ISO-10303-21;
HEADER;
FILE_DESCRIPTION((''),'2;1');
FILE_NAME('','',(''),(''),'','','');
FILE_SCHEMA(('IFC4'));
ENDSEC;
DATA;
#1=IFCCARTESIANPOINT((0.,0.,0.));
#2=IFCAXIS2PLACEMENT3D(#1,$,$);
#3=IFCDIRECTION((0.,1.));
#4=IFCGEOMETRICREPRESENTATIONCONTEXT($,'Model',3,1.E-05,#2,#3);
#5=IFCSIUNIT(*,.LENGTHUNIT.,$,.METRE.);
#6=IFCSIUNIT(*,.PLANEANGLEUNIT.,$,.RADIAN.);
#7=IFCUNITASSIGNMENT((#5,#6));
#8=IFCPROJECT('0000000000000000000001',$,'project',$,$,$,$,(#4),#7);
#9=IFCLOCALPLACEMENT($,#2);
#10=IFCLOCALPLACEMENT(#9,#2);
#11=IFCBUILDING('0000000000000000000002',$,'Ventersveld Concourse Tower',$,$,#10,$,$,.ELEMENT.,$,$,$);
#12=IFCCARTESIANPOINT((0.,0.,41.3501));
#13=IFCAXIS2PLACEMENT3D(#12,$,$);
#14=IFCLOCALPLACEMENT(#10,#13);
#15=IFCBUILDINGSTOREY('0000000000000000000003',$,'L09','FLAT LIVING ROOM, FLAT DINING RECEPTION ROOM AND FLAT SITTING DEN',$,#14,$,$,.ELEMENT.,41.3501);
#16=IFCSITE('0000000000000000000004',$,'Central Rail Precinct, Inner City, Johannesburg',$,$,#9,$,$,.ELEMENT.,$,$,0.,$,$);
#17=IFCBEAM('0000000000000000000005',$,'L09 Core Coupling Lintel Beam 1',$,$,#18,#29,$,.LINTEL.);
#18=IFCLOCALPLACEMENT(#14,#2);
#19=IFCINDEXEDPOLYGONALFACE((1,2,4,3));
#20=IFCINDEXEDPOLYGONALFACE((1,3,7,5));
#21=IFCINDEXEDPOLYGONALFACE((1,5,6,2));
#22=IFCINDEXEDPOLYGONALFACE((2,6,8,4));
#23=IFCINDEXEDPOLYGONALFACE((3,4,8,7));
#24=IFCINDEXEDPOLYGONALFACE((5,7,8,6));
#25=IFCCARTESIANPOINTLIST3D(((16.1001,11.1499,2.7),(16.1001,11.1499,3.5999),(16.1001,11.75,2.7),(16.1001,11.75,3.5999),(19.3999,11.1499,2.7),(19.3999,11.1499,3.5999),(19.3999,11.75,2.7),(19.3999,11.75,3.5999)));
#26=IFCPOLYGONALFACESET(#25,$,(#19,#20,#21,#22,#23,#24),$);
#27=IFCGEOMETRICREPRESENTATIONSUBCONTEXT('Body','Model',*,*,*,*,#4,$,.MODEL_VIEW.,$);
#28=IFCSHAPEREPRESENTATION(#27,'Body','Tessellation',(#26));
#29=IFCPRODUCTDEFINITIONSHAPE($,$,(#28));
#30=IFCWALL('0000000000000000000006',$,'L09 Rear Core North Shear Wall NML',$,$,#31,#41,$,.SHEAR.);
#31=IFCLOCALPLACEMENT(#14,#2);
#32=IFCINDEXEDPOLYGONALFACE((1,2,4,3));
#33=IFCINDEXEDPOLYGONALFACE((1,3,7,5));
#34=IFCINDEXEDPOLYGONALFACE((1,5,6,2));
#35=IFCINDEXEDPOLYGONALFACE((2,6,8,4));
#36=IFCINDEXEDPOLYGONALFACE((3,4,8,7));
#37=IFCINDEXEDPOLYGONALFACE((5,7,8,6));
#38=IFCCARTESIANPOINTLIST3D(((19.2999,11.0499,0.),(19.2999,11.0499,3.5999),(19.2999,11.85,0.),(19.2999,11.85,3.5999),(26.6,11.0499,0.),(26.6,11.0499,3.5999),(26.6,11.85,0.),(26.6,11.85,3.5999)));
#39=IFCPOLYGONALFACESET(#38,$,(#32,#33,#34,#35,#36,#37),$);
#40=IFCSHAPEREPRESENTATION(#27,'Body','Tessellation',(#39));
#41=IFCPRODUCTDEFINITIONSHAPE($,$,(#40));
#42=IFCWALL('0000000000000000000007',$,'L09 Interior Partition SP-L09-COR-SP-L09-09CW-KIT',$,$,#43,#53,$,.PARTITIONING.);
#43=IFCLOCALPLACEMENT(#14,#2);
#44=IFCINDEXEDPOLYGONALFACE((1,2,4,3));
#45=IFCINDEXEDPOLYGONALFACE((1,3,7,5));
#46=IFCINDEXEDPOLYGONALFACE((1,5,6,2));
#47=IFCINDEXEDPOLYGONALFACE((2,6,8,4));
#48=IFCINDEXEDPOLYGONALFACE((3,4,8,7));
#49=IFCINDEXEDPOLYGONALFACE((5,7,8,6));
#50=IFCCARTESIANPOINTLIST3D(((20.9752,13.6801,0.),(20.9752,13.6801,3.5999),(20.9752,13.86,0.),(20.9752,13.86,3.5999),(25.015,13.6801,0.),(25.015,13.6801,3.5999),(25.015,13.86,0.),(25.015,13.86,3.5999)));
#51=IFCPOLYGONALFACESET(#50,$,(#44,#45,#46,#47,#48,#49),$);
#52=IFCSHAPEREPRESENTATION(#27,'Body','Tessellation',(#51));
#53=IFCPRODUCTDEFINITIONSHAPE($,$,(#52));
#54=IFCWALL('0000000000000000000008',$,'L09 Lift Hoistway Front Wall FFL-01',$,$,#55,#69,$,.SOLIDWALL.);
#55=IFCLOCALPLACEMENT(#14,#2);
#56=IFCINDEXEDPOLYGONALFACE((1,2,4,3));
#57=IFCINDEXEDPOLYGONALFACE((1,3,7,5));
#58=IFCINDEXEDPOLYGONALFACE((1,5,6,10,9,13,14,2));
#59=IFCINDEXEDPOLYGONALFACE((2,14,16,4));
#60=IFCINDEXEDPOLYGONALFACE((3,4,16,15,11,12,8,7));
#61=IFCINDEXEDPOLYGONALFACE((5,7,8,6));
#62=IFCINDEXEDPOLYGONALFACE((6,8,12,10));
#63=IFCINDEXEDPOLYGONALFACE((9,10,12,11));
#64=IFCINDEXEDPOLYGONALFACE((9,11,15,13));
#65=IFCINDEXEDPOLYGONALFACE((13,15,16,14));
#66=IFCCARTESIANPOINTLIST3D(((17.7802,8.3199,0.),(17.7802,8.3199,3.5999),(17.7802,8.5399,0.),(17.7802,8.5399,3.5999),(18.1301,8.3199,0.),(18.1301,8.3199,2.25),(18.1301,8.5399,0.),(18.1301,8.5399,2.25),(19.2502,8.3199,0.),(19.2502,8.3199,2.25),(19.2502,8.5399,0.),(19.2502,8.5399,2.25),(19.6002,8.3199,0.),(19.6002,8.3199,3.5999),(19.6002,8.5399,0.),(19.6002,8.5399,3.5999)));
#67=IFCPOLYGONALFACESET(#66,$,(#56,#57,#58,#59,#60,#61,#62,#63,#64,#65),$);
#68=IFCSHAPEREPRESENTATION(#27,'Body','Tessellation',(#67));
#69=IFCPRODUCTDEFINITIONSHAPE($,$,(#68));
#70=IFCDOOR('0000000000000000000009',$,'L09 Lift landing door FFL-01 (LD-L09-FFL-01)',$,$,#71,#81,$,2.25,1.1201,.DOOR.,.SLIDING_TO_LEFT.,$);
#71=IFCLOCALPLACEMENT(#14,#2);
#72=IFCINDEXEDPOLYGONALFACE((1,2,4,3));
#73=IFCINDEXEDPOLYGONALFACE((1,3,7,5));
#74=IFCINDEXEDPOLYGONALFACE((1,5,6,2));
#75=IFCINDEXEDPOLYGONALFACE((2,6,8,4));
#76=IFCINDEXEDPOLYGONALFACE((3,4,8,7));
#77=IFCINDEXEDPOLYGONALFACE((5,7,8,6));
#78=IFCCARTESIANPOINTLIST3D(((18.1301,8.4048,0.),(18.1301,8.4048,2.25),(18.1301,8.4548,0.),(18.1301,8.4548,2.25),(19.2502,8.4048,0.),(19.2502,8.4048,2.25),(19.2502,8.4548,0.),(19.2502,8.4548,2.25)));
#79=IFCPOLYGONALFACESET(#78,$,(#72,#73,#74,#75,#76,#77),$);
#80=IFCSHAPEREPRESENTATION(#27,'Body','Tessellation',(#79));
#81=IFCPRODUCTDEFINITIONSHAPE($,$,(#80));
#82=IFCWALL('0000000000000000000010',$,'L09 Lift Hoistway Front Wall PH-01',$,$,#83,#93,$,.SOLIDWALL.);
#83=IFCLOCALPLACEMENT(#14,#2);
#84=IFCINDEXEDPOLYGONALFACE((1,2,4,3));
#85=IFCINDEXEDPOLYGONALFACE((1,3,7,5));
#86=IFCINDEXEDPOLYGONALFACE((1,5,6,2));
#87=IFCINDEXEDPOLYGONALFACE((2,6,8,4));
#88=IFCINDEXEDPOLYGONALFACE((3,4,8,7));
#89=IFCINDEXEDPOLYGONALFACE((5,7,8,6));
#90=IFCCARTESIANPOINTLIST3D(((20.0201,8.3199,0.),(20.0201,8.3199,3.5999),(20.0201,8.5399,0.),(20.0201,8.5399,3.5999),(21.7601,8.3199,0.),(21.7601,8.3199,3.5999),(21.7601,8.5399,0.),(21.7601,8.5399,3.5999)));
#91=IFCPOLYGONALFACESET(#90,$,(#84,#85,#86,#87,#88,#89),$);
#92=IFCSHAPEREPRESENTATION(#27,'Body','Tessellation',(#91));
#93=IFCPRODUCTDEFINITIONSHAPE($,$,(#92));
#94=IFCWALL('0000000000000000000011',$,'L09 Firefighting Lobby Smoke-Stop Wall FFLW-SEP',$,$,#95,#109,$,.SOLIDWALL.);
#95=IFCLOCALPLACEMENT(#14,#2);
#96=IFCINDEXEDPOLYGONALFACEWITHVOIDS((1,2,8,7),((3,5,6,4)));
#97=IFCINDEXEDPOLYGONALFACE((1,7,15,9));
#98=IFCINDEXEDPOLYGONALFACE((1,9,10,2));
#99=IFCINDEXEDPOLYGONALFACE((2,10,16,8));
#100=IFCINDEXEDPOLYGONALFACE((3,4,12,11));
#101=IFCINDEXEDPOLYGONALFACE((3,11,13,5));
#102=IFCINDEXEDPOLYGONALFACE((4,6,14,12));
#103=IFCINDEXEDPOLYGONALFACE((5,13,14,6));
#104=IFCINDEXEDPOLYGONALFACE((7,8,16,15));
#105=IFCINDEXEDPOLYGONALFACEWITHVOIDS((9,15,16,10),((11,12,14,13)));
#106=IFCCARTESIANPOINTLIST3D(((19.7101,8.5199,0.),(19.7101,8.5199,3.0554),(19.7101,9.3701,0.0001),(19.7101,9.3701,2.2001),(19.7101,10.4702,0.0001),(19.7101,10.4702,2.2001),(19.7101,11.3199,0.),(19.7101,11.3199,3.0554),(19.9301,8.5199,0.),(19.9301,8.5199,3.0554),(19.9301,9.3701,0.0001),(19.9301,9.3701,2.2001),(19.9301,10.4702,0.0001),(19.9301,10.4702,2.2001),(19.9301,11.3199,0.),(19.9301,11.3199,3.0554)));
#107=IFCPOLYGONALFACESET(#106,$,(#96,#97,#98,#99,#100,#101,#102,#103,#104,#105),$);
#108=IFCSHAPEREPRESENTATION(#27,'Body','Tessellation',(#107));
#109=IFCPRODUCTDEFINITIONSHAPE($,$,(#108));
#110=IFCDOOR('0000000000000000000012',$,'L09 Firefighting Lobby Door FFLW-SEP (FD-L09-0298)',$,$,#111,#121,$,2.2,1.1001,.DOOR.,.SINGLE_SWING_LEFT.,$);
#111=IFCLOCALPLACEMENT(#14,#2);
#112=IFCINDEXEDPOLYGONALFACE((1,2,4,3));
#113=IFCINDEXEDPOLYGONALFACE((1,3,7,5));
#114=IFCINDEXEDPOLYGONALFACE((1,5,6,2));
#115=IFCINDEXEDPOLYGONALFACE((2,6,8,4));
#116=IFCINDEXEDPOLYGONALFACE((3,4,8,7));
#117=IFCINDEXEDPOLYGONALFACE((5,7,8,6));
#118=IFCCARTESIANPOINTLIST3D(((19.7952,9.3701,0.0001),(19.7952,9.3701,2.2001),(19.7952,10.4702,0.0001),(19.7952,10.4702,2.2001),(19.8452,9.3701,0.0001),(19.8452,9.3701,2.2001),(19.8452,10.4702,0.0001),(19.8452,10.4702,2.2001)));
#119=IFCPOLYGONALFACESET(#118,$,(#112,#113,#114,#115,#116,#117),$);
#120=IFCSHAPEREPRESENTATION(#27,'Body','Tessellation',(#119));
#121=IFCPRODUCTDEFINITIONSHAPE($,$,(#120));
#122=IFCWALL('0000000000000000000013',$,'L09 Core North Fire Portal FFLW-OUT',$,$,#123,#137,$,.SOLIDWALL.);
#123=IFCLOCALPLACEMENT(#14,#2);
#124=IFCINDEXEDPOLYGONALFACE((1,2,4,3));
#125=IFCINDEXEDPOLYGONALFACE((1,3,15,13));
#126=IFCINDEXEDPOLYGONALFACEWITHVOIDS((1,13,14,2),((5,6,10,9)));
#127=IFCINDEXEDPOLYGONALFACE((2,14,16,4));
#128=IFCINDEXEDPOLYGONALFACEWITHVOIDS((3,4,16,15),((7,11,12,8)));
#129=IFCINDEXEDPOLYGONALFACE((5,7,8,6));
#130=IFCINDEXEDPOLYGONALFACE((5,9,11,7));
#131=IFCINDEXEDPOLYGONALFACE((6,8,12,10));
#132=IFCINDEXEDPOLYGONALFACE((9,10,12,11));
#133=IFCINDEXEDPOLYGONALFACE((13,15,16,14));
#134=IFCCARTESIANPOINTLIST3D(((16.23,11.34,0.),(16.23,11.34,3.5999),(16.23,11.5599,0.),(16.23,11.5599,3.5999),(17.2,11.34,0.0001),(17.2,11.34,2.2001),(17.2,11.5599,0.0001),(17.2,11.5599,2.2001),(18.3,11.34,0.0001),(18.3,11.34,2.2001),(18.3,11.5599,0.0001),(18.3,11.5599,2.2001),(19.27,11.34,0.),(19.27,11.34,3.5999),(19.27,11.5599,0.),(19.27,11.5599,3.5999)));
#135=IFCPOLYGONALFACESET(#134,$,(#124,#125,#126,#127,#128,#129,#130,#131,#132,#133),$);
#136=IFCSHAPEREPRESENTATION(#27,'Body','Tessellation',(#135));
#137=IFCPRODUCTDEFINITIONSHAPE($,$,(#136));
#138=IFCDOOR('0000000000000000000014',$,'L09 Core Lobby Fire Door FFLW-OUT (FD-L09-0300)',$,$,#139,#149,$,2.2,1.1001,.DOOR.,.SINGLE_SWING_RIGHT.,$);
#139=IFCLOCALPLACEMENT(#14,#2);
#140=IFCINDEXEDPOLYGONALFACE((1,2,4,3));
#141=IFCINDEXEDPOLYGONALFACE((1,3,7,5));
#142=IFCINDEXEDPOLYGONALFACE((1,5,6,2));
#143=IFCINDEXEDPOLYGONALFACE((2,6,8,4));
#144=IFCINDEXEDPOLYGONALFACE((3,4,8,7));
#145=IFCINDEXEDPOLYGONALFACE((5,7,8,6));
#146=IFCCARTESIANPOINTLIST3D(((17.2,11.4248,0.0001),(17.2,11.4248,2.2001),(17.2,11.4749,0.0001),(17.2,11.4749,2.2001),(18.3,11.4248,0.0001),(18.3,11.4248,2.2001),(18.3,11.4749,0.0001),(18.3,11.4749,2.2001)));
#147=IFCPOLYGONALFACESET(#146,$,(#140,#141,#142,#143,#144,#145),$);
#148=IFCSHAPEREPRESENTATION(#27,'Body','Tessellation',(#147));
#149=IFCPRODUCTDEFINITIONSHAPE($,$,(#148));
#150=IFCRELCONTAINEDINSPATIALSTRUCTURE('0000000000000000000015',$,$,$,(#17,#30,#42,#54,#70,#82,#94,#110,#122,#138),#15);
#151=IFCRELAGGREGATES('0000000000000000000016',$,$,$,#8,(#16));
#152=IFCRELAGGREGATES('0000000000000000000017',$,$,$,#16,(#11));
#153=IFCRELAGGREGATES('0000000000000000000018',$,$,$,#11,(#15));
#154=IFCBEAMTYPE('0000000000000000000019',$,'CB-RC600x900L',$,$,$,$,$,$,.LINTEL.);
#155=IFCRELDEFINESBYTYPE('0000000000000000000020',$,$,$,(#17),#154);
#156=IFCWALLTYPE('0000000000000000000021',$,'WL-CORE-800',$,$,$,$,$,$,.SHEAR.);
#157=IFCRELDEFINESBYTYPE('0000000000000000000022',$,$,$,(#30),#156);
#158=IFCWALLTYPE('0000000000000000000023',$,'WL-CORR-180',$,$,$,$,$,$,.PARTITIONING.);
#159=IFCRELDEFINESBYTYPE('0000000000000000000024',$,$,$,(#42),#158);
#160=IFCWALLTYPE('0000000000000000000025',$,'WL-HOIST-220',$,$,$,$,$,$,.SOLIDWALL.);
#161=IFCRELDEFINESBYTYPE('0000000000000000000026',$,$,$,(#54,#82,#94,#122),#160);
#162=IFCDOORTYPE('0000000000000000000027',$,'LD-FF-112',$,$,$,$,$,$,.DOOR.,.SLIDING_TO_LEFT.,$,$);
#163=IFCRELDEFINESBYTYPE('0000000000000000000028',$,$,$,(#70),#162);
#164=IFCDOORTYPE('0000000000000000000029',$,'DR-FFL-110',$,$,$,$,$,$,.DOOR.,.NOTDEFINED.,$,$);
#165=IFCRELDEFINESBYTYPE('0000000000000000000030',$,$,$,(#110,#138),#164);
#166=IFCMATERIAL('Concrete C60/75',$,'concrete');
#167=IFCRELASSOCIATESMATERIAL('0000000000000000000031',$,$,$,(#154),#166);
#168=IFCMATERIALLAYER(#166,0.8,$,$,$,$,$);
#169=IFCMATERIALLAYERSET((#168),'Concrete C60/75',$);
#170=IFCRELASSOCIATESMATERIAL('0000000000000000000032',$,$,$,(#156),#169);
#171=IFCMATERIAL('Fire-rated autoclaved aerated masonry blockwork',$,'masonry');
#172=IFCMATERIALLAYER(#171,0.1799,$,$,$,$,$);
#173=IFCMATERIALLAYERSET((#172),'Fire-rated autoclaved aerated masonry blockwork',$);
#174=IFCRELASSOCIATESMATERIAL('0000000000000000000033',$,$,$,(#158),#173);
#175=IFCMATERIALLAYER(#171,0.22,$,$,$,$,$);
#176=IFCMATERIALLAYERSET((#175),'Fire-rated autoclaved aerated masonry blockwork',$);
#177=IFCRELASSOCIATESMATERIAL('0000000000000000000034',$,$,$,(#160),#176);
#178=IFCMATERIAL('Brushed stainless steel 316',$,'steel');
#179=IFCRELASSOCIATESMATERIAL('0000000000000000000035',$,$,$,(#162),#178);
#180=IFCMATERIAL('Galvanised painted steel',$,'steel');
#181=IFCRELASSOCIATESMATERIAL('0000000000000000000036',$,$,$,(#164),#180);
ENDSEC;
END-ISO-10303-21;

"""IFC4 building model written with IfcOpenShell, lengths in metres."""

from ifc_helpers import new_model, si_unit, direction, frame, frame_2d, origin, origin_2d, place, context, subcontext, project, spatial, rectangle, extrude, material, layer, layer_set, material_profile, profile_set, type_object, element, fill, save


model = new_model("IFC4")

# Units and contexts
model_context = context("Model", 3, precision=1e-05, world=origin(), true_north=direction((0.0, 1.0)))
body_context = subcontext(model_context, "Body", "Model", "MODEL_VIEW")
ifc_project = project(units=[si_unit("LENGTHUNIT", "METRE"), si_unit("PLANEANGLEUNIT", "RADIAN")], contexts=[model_context])

# Site, building, storey
site_placement = place(None, origin())
site = spatial("IfcSite", under=ifc_project, at=site_placement, Name="Central Rail Precinct, Inner City, Johannesburg", CompositionType="ELEMENT", RefElevation=0.0)
building_placement = place(site_placement, origin())
building = spatial("IfcBuilding", under=site, at=building_placement, Name="Ventersveld Concourse Tower", CompositionType="ELEMENT")
storey_placement = place(building_placement, frame((0.0, 0.0, 41.3501)))
storey = spatial("IfcBuildingStorey", under=building, at=storey_placement, Name="L09", Description="FLAT LIVING ROOM, FLAT DINING RECEPTION ROOM AND FLAT SITTING DEN", CompositionType="ELEMENT", Elevation=41.3501)

# Beam
ifc_material_1 = material(Name="Concrete C60/75", Category="concrete")
ifc_material_profile = material_profile(ifc_material_1, rectangle(XDim=0.6001, YDim=0.8999, at=origin_2d()), Name="RC 600x900")
ifc_profile_set = profile_set([ifc_material_profile], Name="Concrete C60/75")
beam_type = type_object("IfcBeamType", Name="CB-RC600x900L", PredefinedType="LINTEL", material=ifc_profile_set)
beam_placement = place(storey_placement, frame((16.1001, 11.45, 3.1499), z_axis=(1.0, 0.0, 0.0), x_axis=(0.0, 1.0, 0.0)))
element("IfcBeam", 1, at=beam_placement, inside=storey, type_object=beam_type, Name="L09 Core Coupling Lintel Beam 1", PredefinedType="LINTEL", context=body_context, shape_type="SweptSolid", body=[
    extrude(rectangle(XDim=0.6001, YDim=0.8999, at=origin_2d()), origin(), (0.0, 0.0, 1.0), 3.2998),
])

# Wall
ifc_layer_1 = layer(ifc_material_1, 0.8)
ifc_layer_set_1 = layer_set([ifc_layer_1], Name="Concrete C60/75")
wall_type_1 = type_object("IfcWallType", Name="WL-CORE-800", PredefinedType="SHEAR", material=ifc_layer_set_1)
wall_1_placement = place(storey_placement, frame((19.3, 11.45, 0.0), z_axis=(0.0, 0.0, 1.0), x_axis=(1.0, 0.0, 0.0)))
element("IfcWall", 2, at=wall_1_placement, inside=storey, type_object=wall_type_1, Name="L09 Rear Core North Shear Wall NML", PredefinedType="SHEAR", context=body_context, shape_type="SweptSolid", body=[
    extrude(rectangle(XDim=7.3, YDim=0.8, at=frame_2d((3.6499, 0.0))), origin(), (0.0, 0.0, 1.0), 3.5999),
])

# Shared definitions
ifc_material_2 = material(Name="Fire-rated autoclaved aerated masonry blockwork", Category="masonry")
ifc_layer_2 = layer(ifc_material_2, 0.1799)
ifc_layer_set_2 = layer_set([ifc_layer_2], Name="Fire-rated autoclaved aerated masonry blockwork")
wall_type_2 = type_object("IfcWallType", Name="WL-CORR-180", PredefinedType="PARTITIONING", material=ifc_layer_set_2)

# Wall
wall_2_placement = place(storey_placement, frame((20.9751, 13.77, 0.0), z_axis=(0.0, 0.0, 1.0), x_axis=(1.0, 0.0, 0.0)))
element("IfcWall", 3, at=wall_2_placement, inside=storey, type_object=wall_type_2, Name="L09 Interior Partition SP-L09-COR-SP-L09-09CW-KIT", PredefinedType="PARTITIONING", context=body_context, shape_type="SweptSolid", body=[
    extrude(rectangle(XDim=4.0398, YDim=0.1799, at=frame_2d((2.02, 0.0))), origin(), (0.0, 0.0, 1.0), 3.5999),
])

# Wall, opening, door
ifc_layer_3 = layer(ifc_material_2, 0.22)
ifc_layer_set_3 = layer_set([ifc_layer_3], Name="Fire-rated autoclaved aerated masonry blockwork")
wall_type_3 = type_object("IfcWallType", Name="WL-HOIST-220", PredefinedType="SOLIDWALL", material=ifc_layer_set_3)
wall_3_placement = place(storey_placement, frame((17.78, 8.4299, 0.0), z_axis=(0.0, 0.0, 1.0), x_axis=(1.0, 0.0, 0.0)))
wall_3 = element("IfcWall", 4, at=wall_3_placement, inside=storey, type_object=wall_type_3, Name="L09 Lift Hoistway Front Wall FFL-01", PredefinedType="SOLIDWALL", context=body_context, shape_type="SweptSolid", body=[
    extrude(rectangle(XDim=1.8201, YDim=0.22, at=frame_2d((0.9102, 0.0))), origin(), (0.0, 0.0, 1.0), 3.5999),
])
opening_1_placement = place(wall_3_placement, frame((0.3501, 0.0, 0.0)))
opening_1 = element("IfcOpeningElement", 5, at=opening_1_placement, cuts=wall_3, PredefinedType="OPENING", context=body_context, shape_type="SweptSolid", body=[
    extrude(rectangle(XDim=1.1201, YDim=2.25, at=frame_2d((0.5601, 1.125))), frame((0.0, 0.1201, 0.0), z_axis=(0.0, -1.0, 0.0), x_axis=(1.0, 0.0, 0.0)), (0.0, 0.0, 1.0), 0.24),
])
ifc_material_3 = material(Name="Brushed stainless steel 316", Category="steel")
door_type_1 = type_object("IfcDoorType", Name="LD-FF-112", OperationType="SLIDING_TO_LEFT", PredefinedType="DOOR", material=ifc_material_3)
door_1_placement = place(opening_1_placement, origin())
door_1 = element("IfcDoor", 6, at=door_1_placement, inside=storey, type_object=door_type_1, Name="L09 Lift landing door FFL-01 (LD-L09-FFL-01)", OperationType="SLIDING_TO_LEFT", OverallHeight=2.25, OverallWidth=1.1201, PredefinedType="DOOR", context=body_context, shape_type="SweptSolid", body=[
    extrude(rectangle(XDim=1.1201, YDim=2.25, at=frame_2d((0.5601, 1.125))), frame((0.0, 0.0249, 0.0), z_axis=(0.0, -1.0, 0.0), x_axis=(1.0, 0.0, 0.0)), (0.0, 0.0, 1.0), 0.05),
])
fill(opening_1, door_1)

# Wall
wall_4_placement = place(storey_placement, frame((20.02, 8.4299, 0.0), z_axis=(0.0, 0.0, 1.0), x_axis=(1.0, 0.0, 0.0)))
element("IfcWall", 7, at=wall_4_placement, inside=storey, type_object=wall_type_3, Name="L09 Lift Hoistway Front Wall PH-01", PredefinedType="SOLIDWALL", context=body_context, shape_type="SweptSolid", body=[
    extrude(rectangle(XDim=1.74, YDim=0.22, at=frame_2d((0.8701, 0.0))), origin(), (0.0, 0.0, 1.0), 3.5999),
])

# Walls, openings, doors
wall_5_placement = place(storey_placement, frame((19.8201, 8.52, 0.0), z_axis=(0.0, 0.0, 1.0), x_axis=(0.0, 1.0, 0.0)))
wall_5 = element("IfcWall", 8, at=wall_5_placement, inside=storey, type_object=wall_type_3, Name="L09 Firefighting Lobby Smoke-Stop Wall FFLW-SEP", PredefinedType="SOLIDWALL", context=body_context, shape_type="SweptSolid", body=[
    extrude(rectangle(XDim=2.8, YDim=0.22, at=frame_2d((1.3999, 0.0))), origin(), (0.0, 0.0, 1.0), 3.0554),
])
opening_2_placement = place(wall_5_placement, frame((0.8501, 0.0, 0.0)))
opening_2 = element("IfcOpeningElement", 9, at=opening_2_placement, cuts=wall_5, PredefinedType="OPENING", context=body_context, shape_type="SweptSolid", body=[
    extrude(rectangle(XDim=1.1001, YDim=2.2, at=frame_2d((0.55, 1.1001))), frame((0.0, 0.1201, 0.0), z_axis=(0.0, -1.0, 0.0), x_axis=(1.0, 0.0, 0.0)), (0.0, 0.0, 1.0), 0.24),
])
ifc_material_4 = material(Name="Galvanised painted steel", Category="steel")
door_type_2 = type_object("IfcDoorType", Name="DR-FFL-110", OperationType="NOTDEFINED", PredefinedType="DOOR", material=ifc_material_4)
door_2_placement = place(opening_2_placement, origin())
door_2 = element("IfcDoor", 10, at=door_2_placement, inside=storey, type_object=door_type_2, Name="L09 Firefighting Lobby Door FFLW-SEP (FD-L09-0298)", OperationType="SINGLE_SWING_LEFT", OverallHeight=2.2, OverallWidth=1.1001, PredefinedType="DOOR", context=body_context, shape_type="SweptSolid", body=[
    extrude(rectangle(XDim=1.1001, YDim=2.2, at=frame_2d((0.55, 1.1001))), frame((0.0, 0.0249, 0.0), z_axis=(0.0, -1.0, 0.0), x_axis=(1.0, 0.0, 0.0)), (0.0, 0.0, 1.0), 0.05),
])
fill(opening_2, door_2)
wall_6_placement = place(storey_placement, frame((16.23, 11.45, 0.0), z_axis=(0.0, 0.0, 1.0), x_axis=(1.0, 0.0, 0.0)))
wall_6 = element("IfcWall", 11, at=wall_6_placement, inside=storey, type_object=wall_type_3, Name="L09 Core North Fire Portal FFLW-OUT", PredefinedType="SOLIDWALL", context=body_context, shape_type="SweptSolid", body=[
    extrude(rectangle(XDim=3.04, YDim=0.22, at=frame_2d((1.52, 0.0))), origin(), (0.0, 0.0, 1.0), 3.5999),
])
opening_3_placement = place(wall_6_placement, frame((0.97, 0.0, 0.0)))
opening_3 = element("IfcOpeningElement", 12, at=opening_3_placement, cuts=wall_6, PredefinedType="OPENING", context=body_context, shape_type="SweptSolid", body=[
    extrude(rectangle(XDim=1.1001, YDim=2.2, at=frame_2d((0.55, 1.1001))), frame((0.0, 0.1201, 0.0), z_axis=(0.0, -1.0, 0.0), x_axis=(1.0, 0.0, 0.0)), (0.0, 0.0, 1.0), 0.24),
])
door_3_placement = place(opening_3_placement, origin())
door_3 = element("IfcDoor", 13, at=door_3_placement, inside=storey, type_object=door_type_2, Name="L09 Core Lobby Fire Door FFLW-OUT (FD-L09-0300)", OperationType="SINGLE_SWING_RIGHT", OverallHeight=2.2, OverallWidth=1.1001, PredefinedType="DOOR", context=body_context, shape_type="SweptSolid", body=[
    extrude(rectangle(XDim=1.1001, YDim=2.2, at=frame_2d((0.55, 1.1001))), frame((0.0, 0.0249, 0.0), z_axis=(0.0, -1.0, 0.0), x_axis=(1.0, 0.0, 0.0)), (0.0, 0.0, 1.0), 0.05),
])
fill(opening_3, door_3)

save(model, "model.ifc")
